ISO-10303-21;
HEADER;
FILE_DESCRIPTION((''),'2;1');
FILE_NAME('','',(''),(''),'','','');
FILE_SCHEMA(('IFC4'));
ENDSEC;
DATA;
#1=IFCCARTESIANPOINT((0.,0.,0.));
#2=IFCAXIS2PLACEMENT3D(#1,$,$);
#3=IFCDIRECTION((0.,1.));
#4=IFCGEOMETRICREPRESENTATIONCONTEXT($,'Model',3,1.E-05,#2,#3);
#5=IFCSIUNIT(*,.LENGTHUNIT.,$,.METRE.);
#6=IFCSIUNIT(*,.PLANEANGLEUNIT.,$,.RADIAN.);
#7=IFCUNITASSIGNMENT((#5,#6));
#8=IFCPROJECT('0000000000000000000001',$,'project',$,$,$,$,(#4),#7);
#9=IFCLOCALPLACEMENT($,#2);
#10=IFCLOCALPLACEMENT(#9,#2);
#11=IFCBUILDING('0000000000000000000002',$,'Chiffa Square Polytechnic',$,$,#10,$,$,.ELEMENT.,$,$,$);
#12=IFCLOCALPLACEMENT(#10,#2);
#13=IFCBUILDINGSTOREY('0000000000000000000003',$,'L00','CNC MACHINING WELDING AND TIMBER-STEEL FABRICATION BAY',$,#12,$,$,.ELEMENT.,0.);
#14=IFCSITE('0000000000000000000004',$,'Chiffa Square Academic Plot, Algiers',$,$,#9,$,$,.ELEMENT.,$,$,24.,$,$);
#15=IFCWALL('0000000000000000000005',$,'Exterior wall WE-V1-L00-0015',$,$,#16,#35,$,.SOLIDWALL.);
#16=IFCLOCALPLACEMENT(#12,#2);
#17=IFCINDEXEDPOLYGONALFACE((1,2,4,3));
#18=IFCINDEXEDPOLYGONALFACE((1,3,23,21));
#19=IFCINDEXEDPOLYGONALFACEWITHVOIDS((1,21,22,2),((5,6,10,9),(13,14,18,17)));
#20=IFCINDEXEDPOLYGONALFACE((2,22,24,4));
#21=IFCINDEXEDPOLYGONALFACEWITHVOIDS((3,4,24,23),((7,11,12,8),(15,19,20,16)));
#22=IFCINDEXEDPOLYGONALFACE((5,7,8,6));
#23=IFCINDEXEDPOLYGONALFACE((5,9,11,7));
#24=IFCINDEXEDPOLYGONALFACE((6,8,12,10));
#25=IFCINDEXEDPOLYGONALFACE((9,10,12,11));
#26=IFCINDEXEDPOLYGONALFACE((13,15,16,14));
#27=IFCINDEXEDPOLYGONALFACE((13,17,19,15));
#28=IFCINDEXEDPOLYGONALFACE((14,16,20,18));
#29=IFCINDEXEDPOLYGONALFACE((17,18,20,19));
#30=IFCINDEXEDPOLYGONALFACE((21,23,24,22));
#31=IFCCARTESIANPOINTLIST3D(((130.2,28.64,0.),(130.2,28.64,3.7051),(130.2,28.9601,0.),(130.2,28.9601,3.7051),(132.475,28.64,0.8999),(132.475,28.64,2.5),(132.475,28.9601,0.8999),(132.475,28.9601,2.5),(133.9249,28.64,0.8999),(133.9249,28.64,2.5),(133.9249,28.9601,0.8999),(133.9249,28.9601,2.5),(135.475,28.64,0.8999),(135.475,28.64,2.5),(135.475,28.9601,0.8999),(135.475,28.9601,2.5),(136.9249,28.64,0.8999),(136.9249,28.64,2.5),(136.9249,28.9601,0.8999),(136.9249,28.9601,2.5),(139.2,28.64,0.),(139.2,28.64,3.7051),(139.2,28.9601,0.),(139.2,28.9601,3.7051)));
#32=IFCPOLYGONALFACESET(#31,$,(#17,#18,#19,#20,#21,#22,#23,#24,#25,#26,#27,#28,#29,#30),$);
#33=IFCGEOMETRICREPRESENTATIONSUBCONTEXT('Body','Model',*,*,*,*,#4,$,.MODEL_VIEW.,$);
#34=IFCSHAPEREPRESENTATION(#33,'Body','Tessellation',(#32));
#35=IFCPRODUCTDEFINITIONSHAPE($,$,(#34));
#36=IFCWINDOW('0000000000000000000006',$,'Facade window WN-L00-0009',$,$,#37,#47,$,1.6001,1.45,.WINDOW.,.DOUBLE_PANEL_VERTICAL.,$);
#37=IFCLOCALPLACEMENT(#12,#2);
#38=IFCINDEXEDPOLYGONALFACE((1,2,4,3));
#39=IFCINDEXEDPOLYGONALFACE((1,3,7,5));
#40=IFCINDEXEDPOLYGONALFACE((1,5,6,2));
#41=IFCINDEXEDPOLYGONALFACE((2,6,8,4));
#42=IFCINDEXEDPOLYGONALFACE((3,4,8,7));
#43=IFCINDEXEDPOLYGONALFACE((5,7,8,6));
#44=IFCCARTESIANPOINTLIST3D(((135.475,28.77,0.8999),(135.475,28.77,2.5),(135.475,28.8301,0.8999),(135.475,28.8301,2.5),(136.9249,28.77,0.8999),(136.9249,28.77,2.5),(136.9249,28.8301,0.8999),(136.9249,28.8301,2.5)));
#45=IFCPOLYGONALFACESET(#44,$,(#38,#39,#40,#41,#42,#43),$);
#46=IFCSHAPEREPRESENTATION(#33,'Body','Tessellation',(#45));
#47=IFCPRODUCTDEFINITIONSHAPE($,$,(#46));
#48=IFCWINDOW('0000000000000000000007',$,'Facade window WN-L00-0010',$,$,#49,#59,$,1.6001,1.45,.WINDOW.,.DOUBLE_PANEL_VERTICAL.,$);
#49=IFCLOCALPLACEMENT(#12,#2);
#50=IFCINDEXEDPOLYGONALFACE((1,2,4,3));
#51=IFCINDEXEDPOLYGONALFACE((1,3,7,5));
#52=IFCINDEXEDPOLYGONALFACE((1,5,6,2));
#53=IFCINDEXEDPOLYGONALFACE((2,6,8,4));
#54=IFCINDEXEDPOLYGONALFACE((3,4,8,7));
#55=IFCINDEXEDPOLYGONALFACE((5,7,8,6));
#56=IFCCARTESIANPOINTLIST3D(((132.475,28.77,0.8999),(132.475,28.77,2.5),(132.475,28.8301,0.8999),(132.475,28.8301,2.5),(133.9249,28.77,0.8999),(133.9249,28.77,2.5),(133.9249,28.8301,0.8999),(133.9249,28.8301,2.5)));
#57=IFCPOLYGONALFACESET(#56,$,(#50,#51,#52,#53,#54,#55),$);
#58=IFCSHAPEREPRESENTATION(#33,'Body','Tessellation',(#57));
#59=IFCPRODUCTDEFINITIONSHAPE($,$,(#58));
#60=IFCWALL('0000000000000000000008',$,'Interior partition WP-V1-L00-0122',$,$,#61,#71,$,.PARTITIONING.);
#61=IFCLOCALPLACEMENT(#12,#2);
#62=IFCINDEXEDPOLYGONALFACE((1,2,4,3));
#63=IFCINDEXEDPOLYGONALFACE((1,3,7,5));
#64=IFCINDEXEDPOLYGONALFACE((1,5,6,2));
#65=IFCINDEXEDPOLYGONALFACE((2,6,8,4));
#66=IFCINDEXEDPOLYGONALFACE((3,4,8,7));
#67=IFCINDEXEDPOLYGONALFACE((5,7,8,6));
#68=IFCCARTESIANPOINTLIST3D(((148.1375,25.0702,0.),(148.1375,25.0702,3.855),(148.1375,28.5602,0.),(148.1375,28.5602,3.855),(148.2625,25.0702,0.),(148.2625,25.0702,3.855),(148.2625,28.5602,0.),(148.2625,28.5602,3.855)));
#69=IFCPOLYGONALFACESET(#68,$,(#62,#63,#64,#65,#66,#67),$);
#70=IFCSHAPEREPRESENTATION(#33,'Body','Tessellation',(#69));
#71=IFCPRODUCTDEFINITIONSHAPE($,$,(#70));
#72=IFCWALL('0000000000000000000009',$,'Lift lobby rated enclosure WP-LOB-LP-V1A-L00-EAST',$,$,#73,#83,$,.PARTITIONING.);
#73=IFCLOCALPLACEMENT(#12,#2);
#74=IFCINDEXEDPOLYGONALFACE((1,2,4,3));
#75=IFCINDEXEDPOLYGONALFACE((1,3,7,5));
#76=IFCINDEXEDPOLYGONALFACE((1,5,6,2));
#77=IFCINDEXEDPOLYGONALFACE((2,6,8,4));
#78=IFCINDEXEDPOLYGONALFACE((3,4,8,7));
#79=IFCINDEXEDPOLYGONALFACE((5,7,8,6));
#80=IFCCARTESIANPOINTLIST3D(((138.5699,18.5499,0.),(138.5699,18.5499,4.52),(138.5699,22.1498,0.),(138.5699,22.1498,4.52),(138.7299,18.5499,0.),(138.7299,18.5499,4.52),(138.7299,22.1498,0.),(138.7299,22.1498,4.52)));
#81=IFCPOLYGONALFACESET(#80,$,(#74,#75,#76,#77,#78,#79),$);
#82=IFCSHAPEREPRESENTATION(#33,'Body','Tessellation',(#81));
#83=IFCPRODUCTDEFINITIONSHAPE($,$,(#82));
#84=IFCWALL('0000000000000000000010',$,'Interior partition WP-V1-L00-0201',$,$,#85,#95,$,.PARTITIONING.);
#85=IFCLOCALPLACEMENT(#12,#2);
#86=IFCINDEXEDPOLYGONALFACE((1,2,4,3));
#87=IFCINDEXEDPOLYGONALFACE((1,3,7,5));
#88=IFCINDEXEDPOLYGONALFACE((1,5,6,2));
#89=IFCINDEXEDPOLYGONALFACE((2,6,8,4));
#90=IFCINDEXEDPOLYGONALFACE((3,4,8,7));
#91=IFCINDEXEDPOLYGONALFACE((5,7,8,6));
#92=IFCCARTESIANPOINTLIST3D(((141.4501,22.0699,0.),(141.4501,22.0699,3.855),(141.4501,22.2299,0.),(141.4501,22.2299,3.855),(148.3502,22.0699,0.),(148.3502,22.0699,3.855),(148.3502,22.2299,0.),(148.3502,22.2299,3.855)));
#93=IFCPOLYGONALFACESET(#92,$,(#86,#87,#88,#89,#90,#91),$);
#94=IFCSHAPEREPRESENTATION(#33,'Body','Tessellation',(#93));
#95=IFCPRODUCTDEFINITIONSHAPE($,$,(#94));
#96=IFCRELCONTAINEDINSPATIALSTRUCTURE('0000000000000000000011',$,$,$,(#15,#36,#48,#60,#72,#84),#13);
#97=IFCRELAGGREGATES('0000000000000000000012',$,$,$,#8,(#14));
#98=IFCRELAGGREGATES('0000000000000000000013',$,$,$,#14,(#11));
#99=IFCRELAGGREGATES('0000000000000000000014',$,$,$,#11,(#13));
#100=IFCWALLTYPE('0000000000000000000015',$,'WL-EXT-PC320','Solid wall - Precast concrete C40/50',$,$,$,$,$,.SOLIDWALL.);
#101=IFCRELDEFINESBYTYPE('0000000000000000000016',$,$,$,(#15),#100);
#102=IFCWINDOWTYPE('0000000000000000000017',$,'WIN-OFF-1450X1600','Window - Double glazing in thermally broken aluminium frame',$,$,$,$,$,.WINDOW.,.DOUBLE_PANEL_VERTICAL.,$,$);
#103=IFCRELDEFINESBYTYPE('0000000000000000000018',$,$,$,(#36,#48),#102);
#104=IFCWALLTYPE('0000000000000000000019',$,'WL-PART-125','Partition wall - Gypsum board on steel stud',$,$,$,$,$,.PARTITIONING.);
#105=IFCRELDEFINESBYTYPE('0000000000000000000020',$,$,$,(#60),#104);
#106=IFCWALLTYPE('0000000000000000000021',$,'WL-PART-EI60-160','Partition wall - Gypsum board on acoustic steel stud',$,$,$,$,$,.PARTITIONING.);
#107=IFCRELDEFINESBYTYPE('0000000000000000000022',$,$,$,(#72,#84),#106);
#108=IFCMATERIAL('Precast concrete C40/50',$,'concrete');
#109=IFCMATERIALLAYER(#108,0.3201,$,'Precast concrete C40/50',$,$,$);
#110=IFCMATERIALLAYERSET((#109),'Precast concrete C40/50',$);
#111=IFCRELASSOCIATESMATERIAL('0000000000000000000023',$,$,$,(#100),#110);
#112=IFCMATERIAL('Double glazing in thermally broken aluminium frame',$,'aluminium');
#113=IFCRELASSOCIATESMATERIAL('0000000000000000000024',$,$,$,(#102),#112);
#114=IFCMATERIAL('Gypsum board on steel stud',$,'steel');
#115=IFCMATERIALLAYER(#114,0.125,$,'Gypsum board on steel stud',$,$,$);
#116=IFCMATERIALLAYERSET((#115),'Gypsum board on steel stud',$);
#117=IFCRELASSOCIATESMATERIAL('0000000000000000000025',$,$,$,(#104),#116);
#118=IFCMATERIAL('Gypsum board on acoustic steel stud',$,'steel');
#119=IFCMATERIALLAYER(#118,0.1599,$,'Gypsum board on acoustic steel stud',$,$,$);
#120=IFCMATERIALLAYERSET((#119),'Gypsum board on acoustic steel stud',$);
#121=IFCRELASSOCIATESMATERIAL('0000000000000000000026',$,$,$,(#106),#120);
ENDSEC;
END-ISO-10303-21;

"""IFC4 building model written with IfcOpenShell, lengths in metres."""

from ifc_helpers import new_model, si_unit, direction, frame, frame_2d, origin, place, context, subcontext, project, spatial, rectangle, extrude, material, layer, layer_set, type_object, element, fill, save


model = new_model("IFC4")

# Units and contexts
model_context = context("Model", 3, precision=1e-05, world=origin(), true_north=direction((0.0, 1.0)))
body_context = subcontext(model_context, "Body", "Model", "MODEL_VIEW")
ifc_project = project(units=[si_unit("LENGTHUNIT", "METRE"), si_unit("PLANEANGLEUNIT", "RADIAN")], contexts=[model_context])

# Site, building, storey
site_placement = place(None, origin())
site = spatial("IfcSite", under=ifc_project, at=site_placement, Name="Chiffa Square Academic Plot, Algiers", CompositionType="ELEMENT", RefElevation=24.0)
building_placement = place(site_placement, origin())
building = spatial("IfcBuilding", under=site, at=building_placement, Name="Chiffa Square Polytechnic", CompositionType="ELEMENT")
storey_placement = place(building_placement, origin())
storey = spatial("IfcBuildingStorey", under=building, at=storey_placement, Name="L00", Description="CNC MACHINING WELDING AND TIMBER-STEEL FABRICATION BAY", CompositionType="ELEMENT", Elevation=0.0)

# Wall, openings, windows
ifc_material_1 = material(Name="Precast concrete C40/50", Category="concrete")
ifc_layer_1 = layer(ifc_material_1, 0.3201, Name="Precast concrete C40/50")
ifc_layer_set_1 = layer_set([ifc_layer_1], Name="Precast concrete C40/50")
wall_type_1 = type_object("IfcWallType", Name="WL-EXT-PC320", Description="Solid wall - Precast concrete C40/50", PredefinedType="SOLIDWALL", material=ifc_layer_set_1)
wall_1_placement = place(storey_placement, frame((139.2, 28.8, 0.0), z_axis=(0.0, 0.0, 1.0), x_axis=(-1.0, 0.0, 0.0)))
wall_1 = element("IfcWall", 1, at=wall_1_placement, inside=storey, type_object=wall_type_1, Name="Exterior wall WE-V1-L00-0015", PredefinedType="SOLIDWALL", context=body_context, shape_type="SweptSolid", body=[
    extrude(rectangle(XDim=9.0, YDim=0.3201, at=frame_2d((4.5, 0.0))), origin(), (0.0, 0.0, 1.0), 3.7051),
])
opening_1_placement = place(wall_1_placement, frame((2.2749, 0.0, 0.8999)))
opening_1 = element("IfcOpeningElement", 2, at=opening_1_placement, cuts=wall_1, PredefinedType="OPENING", context=body_context, shape_type="SweptSolid", body=[
    extrude(rectangle(XDim=1.45, YDim=1.6001, at=frame_2d((0.7251, 0.8))), frame((0.0, 0.1699, 0.0), z_axis=(0.0, -1.0, 0.0), x_axis=(1.0, 0.0, 0.0)), (0.0, 0.0, 1.0), 0.3401),
])
opening_2_placement = place(wall_1_placement, frame((5.2749, 0.0, 0.8999)))
opening_2 = element("IfcOpeningElement", 3, at=opening_2_placement, cuts=wall_1, PredefinedType="OPENING", context=body_context, shape_type="SweptSolid", body=[
    extrude(rectangle(XDim=1.45, YDim=1.6001, at=frame_2d((0.7251, 0.8))), frame((0.0, 0.1699, 0.0), z_axis=(0.0, -1.0, 0.0), x_axis=(1.0, 0.0, 0.0)), (0.0, 0.0, 1.0), 0.3401),
])
ifc_material_2 = material(Name="Double glazing in thermally broken aluminium frame", Category="aluminium")
window_type = type_object("IfcWindowType", Name="WIN-OFF-1450X1600", Description="Window - Double glazing in thermally broken aluminium frame", PartitioningType="DOUBLE_PANEL_VERTICAL", PredefinedType="WINDOW", material=ifc_material_2)
window_1_placement = place(opening_1_placement, origin())
window_1 = element("IfcWindow", 4, at=window_1_placement, inside=storey, type_object=window_type, Name="Facade window WN-L00-0009", OverallHeight=1.6001, OverallWidth=1.45, PartitioningType="DOUBLE_PANEL_VERTICAL", PredefinedType="WINDOW", context=body_context, shape_type="SweptSolid", body=[
    extrude(rectangle(XDim=1.45, YDim=1.6001, at=frame_2d((0.7251, 0.8))), frame((0.0, 0.03, 0.0), z_axis=(0.0, -1.0, 0.0), x_axis=(1.0, 0.0, 0.0)), (0.0, 0.0, 1.0), 0.0601),
])
fill(opening_1, window_1)
window_2_placement = place(opening_2_placement, origin())
window_2 = element("IfcWindow", 5, at=window_2_placement, inside=storey, type_object=window_type, Name="Facade window WN-L00-0010", OverallHeight=1.6001, OverallWidth=1.45, PartitioningType="DOUBLE_PANEL_VERTICAL", PredefinedType="WINDOW", context=body_context, shape_type="SweptSolid", body=[
    extrude(rectangle(XDim=1.45, YDim=1.6001, at=frame_2d((0.7251, 0.8))), frame((0.0, 0.03, 0.0), z_axis=(0.0, -1.0, 0.0), x_axis=(1.0, 0.0, 0.0)), (0.0, 0.0, 1.0), 0.0601),
])
fill(opening_2, window_2)

# Wall
ifc_material_3 = material(Name="Gypsum board on steel stud", Category="steel")
ifc_layer_2 = layer(ifc_material_3, 0.125, Name="Gypsum board on steel stud")
ifc_layer_set_2 = layer_set([ifc_layer_2], Name="Gypsum board on steel stud")
wall_type_2 = type_object("IfcWallType", Name="WL-PART-125", Description="Partition wall - Gypsum board on steel stud", PredefinedType="PARTITIONING", material=ifc_layer_set_2)
wall_2_placement = place(storey_placement, frame((148.2, 25.0701, 0.0), z_axis=(0.0, 0.0, 1.0), x_axis=(0.0, 1.0, 0.0)))
element("IfcWall", 6, at=wall_2_placement, inside=storey, type_object=wall_type_2, Name="Interior partition WP-V1-L00-0122", PredefinedType="PARTITIONING", context=body_context, shape_type="SweptSolid", body=[
    extrude(rectangle(XDim=3.49, YDim=0.125, at=frame_2d((1.7451, 0.0))), origin(), (0.0, 0.0, 1.0), 3.855),
])

# Shared definitions
ifc_material_4 = material(Name="Gypsum board on acoustic steel stud", Category="steel")
ifc_layer_3 = layer(ifc_material_4, 0.1599, Name="Gypsum board on acoustic steel stud")
ifc_layer_set_3 = layer_set([ifc_layer_3], Name="Gypsum board on acoustic steel stud")
wall_type_3 = type_object("IfcWallType", Name="WL-PART-EI60-160", Description="Partition wall - Gypsum board on acoustic steel stud", PredefinedType="PARTITIONING", material=ifc_layer_set_3)

# Walls
wall_3_placement = place(storey_placement, frame((138.6499, 18.55, 0.0), z_axis=(0.0, 0.0, 1.0), x_axis=(0.0, 1.0, 0.0)))
element("IfcWall", 7, at=wall_3_placement, inside=storey, type_object=wall_type_3, Name="Lift lobby rated enclosure WP-LOB-LP-V1A-L00-EAST", PredefinedType="PARTITIONING", context=body_context, shape_type="SweptSolid", body=[
    extrude(rectangle(XDim=3.5999, YDim=0.1599, at=frame_2d((1.7998, 0.0))), origin(), (0.0, 0.0, 1.0), 4.52),
])
wall_4_placement = place(storey_placement, frame((141.45, 22.1499, 0.0), z_axis=(0.0, 0.0, 1.0), x_axis=(1.0, 0.0, 0.0)))
element("IfcWall", 8, at=wall_4_placement, inside=storey, type_object=wall_type_3, Name="Interior partition WP-V1-L00-0201", PredefinedType="PARTITIONING", context=body_context, shape_type="SweptSolid", body=[
    extrude(rectangle(XDim=6.9001, YDim=0.1599, at=frame_2d((3.4502, 0.0))), origin(), (0.0, 0.0, 1.0), 3.855),
])

save(model, "model.ifc")
